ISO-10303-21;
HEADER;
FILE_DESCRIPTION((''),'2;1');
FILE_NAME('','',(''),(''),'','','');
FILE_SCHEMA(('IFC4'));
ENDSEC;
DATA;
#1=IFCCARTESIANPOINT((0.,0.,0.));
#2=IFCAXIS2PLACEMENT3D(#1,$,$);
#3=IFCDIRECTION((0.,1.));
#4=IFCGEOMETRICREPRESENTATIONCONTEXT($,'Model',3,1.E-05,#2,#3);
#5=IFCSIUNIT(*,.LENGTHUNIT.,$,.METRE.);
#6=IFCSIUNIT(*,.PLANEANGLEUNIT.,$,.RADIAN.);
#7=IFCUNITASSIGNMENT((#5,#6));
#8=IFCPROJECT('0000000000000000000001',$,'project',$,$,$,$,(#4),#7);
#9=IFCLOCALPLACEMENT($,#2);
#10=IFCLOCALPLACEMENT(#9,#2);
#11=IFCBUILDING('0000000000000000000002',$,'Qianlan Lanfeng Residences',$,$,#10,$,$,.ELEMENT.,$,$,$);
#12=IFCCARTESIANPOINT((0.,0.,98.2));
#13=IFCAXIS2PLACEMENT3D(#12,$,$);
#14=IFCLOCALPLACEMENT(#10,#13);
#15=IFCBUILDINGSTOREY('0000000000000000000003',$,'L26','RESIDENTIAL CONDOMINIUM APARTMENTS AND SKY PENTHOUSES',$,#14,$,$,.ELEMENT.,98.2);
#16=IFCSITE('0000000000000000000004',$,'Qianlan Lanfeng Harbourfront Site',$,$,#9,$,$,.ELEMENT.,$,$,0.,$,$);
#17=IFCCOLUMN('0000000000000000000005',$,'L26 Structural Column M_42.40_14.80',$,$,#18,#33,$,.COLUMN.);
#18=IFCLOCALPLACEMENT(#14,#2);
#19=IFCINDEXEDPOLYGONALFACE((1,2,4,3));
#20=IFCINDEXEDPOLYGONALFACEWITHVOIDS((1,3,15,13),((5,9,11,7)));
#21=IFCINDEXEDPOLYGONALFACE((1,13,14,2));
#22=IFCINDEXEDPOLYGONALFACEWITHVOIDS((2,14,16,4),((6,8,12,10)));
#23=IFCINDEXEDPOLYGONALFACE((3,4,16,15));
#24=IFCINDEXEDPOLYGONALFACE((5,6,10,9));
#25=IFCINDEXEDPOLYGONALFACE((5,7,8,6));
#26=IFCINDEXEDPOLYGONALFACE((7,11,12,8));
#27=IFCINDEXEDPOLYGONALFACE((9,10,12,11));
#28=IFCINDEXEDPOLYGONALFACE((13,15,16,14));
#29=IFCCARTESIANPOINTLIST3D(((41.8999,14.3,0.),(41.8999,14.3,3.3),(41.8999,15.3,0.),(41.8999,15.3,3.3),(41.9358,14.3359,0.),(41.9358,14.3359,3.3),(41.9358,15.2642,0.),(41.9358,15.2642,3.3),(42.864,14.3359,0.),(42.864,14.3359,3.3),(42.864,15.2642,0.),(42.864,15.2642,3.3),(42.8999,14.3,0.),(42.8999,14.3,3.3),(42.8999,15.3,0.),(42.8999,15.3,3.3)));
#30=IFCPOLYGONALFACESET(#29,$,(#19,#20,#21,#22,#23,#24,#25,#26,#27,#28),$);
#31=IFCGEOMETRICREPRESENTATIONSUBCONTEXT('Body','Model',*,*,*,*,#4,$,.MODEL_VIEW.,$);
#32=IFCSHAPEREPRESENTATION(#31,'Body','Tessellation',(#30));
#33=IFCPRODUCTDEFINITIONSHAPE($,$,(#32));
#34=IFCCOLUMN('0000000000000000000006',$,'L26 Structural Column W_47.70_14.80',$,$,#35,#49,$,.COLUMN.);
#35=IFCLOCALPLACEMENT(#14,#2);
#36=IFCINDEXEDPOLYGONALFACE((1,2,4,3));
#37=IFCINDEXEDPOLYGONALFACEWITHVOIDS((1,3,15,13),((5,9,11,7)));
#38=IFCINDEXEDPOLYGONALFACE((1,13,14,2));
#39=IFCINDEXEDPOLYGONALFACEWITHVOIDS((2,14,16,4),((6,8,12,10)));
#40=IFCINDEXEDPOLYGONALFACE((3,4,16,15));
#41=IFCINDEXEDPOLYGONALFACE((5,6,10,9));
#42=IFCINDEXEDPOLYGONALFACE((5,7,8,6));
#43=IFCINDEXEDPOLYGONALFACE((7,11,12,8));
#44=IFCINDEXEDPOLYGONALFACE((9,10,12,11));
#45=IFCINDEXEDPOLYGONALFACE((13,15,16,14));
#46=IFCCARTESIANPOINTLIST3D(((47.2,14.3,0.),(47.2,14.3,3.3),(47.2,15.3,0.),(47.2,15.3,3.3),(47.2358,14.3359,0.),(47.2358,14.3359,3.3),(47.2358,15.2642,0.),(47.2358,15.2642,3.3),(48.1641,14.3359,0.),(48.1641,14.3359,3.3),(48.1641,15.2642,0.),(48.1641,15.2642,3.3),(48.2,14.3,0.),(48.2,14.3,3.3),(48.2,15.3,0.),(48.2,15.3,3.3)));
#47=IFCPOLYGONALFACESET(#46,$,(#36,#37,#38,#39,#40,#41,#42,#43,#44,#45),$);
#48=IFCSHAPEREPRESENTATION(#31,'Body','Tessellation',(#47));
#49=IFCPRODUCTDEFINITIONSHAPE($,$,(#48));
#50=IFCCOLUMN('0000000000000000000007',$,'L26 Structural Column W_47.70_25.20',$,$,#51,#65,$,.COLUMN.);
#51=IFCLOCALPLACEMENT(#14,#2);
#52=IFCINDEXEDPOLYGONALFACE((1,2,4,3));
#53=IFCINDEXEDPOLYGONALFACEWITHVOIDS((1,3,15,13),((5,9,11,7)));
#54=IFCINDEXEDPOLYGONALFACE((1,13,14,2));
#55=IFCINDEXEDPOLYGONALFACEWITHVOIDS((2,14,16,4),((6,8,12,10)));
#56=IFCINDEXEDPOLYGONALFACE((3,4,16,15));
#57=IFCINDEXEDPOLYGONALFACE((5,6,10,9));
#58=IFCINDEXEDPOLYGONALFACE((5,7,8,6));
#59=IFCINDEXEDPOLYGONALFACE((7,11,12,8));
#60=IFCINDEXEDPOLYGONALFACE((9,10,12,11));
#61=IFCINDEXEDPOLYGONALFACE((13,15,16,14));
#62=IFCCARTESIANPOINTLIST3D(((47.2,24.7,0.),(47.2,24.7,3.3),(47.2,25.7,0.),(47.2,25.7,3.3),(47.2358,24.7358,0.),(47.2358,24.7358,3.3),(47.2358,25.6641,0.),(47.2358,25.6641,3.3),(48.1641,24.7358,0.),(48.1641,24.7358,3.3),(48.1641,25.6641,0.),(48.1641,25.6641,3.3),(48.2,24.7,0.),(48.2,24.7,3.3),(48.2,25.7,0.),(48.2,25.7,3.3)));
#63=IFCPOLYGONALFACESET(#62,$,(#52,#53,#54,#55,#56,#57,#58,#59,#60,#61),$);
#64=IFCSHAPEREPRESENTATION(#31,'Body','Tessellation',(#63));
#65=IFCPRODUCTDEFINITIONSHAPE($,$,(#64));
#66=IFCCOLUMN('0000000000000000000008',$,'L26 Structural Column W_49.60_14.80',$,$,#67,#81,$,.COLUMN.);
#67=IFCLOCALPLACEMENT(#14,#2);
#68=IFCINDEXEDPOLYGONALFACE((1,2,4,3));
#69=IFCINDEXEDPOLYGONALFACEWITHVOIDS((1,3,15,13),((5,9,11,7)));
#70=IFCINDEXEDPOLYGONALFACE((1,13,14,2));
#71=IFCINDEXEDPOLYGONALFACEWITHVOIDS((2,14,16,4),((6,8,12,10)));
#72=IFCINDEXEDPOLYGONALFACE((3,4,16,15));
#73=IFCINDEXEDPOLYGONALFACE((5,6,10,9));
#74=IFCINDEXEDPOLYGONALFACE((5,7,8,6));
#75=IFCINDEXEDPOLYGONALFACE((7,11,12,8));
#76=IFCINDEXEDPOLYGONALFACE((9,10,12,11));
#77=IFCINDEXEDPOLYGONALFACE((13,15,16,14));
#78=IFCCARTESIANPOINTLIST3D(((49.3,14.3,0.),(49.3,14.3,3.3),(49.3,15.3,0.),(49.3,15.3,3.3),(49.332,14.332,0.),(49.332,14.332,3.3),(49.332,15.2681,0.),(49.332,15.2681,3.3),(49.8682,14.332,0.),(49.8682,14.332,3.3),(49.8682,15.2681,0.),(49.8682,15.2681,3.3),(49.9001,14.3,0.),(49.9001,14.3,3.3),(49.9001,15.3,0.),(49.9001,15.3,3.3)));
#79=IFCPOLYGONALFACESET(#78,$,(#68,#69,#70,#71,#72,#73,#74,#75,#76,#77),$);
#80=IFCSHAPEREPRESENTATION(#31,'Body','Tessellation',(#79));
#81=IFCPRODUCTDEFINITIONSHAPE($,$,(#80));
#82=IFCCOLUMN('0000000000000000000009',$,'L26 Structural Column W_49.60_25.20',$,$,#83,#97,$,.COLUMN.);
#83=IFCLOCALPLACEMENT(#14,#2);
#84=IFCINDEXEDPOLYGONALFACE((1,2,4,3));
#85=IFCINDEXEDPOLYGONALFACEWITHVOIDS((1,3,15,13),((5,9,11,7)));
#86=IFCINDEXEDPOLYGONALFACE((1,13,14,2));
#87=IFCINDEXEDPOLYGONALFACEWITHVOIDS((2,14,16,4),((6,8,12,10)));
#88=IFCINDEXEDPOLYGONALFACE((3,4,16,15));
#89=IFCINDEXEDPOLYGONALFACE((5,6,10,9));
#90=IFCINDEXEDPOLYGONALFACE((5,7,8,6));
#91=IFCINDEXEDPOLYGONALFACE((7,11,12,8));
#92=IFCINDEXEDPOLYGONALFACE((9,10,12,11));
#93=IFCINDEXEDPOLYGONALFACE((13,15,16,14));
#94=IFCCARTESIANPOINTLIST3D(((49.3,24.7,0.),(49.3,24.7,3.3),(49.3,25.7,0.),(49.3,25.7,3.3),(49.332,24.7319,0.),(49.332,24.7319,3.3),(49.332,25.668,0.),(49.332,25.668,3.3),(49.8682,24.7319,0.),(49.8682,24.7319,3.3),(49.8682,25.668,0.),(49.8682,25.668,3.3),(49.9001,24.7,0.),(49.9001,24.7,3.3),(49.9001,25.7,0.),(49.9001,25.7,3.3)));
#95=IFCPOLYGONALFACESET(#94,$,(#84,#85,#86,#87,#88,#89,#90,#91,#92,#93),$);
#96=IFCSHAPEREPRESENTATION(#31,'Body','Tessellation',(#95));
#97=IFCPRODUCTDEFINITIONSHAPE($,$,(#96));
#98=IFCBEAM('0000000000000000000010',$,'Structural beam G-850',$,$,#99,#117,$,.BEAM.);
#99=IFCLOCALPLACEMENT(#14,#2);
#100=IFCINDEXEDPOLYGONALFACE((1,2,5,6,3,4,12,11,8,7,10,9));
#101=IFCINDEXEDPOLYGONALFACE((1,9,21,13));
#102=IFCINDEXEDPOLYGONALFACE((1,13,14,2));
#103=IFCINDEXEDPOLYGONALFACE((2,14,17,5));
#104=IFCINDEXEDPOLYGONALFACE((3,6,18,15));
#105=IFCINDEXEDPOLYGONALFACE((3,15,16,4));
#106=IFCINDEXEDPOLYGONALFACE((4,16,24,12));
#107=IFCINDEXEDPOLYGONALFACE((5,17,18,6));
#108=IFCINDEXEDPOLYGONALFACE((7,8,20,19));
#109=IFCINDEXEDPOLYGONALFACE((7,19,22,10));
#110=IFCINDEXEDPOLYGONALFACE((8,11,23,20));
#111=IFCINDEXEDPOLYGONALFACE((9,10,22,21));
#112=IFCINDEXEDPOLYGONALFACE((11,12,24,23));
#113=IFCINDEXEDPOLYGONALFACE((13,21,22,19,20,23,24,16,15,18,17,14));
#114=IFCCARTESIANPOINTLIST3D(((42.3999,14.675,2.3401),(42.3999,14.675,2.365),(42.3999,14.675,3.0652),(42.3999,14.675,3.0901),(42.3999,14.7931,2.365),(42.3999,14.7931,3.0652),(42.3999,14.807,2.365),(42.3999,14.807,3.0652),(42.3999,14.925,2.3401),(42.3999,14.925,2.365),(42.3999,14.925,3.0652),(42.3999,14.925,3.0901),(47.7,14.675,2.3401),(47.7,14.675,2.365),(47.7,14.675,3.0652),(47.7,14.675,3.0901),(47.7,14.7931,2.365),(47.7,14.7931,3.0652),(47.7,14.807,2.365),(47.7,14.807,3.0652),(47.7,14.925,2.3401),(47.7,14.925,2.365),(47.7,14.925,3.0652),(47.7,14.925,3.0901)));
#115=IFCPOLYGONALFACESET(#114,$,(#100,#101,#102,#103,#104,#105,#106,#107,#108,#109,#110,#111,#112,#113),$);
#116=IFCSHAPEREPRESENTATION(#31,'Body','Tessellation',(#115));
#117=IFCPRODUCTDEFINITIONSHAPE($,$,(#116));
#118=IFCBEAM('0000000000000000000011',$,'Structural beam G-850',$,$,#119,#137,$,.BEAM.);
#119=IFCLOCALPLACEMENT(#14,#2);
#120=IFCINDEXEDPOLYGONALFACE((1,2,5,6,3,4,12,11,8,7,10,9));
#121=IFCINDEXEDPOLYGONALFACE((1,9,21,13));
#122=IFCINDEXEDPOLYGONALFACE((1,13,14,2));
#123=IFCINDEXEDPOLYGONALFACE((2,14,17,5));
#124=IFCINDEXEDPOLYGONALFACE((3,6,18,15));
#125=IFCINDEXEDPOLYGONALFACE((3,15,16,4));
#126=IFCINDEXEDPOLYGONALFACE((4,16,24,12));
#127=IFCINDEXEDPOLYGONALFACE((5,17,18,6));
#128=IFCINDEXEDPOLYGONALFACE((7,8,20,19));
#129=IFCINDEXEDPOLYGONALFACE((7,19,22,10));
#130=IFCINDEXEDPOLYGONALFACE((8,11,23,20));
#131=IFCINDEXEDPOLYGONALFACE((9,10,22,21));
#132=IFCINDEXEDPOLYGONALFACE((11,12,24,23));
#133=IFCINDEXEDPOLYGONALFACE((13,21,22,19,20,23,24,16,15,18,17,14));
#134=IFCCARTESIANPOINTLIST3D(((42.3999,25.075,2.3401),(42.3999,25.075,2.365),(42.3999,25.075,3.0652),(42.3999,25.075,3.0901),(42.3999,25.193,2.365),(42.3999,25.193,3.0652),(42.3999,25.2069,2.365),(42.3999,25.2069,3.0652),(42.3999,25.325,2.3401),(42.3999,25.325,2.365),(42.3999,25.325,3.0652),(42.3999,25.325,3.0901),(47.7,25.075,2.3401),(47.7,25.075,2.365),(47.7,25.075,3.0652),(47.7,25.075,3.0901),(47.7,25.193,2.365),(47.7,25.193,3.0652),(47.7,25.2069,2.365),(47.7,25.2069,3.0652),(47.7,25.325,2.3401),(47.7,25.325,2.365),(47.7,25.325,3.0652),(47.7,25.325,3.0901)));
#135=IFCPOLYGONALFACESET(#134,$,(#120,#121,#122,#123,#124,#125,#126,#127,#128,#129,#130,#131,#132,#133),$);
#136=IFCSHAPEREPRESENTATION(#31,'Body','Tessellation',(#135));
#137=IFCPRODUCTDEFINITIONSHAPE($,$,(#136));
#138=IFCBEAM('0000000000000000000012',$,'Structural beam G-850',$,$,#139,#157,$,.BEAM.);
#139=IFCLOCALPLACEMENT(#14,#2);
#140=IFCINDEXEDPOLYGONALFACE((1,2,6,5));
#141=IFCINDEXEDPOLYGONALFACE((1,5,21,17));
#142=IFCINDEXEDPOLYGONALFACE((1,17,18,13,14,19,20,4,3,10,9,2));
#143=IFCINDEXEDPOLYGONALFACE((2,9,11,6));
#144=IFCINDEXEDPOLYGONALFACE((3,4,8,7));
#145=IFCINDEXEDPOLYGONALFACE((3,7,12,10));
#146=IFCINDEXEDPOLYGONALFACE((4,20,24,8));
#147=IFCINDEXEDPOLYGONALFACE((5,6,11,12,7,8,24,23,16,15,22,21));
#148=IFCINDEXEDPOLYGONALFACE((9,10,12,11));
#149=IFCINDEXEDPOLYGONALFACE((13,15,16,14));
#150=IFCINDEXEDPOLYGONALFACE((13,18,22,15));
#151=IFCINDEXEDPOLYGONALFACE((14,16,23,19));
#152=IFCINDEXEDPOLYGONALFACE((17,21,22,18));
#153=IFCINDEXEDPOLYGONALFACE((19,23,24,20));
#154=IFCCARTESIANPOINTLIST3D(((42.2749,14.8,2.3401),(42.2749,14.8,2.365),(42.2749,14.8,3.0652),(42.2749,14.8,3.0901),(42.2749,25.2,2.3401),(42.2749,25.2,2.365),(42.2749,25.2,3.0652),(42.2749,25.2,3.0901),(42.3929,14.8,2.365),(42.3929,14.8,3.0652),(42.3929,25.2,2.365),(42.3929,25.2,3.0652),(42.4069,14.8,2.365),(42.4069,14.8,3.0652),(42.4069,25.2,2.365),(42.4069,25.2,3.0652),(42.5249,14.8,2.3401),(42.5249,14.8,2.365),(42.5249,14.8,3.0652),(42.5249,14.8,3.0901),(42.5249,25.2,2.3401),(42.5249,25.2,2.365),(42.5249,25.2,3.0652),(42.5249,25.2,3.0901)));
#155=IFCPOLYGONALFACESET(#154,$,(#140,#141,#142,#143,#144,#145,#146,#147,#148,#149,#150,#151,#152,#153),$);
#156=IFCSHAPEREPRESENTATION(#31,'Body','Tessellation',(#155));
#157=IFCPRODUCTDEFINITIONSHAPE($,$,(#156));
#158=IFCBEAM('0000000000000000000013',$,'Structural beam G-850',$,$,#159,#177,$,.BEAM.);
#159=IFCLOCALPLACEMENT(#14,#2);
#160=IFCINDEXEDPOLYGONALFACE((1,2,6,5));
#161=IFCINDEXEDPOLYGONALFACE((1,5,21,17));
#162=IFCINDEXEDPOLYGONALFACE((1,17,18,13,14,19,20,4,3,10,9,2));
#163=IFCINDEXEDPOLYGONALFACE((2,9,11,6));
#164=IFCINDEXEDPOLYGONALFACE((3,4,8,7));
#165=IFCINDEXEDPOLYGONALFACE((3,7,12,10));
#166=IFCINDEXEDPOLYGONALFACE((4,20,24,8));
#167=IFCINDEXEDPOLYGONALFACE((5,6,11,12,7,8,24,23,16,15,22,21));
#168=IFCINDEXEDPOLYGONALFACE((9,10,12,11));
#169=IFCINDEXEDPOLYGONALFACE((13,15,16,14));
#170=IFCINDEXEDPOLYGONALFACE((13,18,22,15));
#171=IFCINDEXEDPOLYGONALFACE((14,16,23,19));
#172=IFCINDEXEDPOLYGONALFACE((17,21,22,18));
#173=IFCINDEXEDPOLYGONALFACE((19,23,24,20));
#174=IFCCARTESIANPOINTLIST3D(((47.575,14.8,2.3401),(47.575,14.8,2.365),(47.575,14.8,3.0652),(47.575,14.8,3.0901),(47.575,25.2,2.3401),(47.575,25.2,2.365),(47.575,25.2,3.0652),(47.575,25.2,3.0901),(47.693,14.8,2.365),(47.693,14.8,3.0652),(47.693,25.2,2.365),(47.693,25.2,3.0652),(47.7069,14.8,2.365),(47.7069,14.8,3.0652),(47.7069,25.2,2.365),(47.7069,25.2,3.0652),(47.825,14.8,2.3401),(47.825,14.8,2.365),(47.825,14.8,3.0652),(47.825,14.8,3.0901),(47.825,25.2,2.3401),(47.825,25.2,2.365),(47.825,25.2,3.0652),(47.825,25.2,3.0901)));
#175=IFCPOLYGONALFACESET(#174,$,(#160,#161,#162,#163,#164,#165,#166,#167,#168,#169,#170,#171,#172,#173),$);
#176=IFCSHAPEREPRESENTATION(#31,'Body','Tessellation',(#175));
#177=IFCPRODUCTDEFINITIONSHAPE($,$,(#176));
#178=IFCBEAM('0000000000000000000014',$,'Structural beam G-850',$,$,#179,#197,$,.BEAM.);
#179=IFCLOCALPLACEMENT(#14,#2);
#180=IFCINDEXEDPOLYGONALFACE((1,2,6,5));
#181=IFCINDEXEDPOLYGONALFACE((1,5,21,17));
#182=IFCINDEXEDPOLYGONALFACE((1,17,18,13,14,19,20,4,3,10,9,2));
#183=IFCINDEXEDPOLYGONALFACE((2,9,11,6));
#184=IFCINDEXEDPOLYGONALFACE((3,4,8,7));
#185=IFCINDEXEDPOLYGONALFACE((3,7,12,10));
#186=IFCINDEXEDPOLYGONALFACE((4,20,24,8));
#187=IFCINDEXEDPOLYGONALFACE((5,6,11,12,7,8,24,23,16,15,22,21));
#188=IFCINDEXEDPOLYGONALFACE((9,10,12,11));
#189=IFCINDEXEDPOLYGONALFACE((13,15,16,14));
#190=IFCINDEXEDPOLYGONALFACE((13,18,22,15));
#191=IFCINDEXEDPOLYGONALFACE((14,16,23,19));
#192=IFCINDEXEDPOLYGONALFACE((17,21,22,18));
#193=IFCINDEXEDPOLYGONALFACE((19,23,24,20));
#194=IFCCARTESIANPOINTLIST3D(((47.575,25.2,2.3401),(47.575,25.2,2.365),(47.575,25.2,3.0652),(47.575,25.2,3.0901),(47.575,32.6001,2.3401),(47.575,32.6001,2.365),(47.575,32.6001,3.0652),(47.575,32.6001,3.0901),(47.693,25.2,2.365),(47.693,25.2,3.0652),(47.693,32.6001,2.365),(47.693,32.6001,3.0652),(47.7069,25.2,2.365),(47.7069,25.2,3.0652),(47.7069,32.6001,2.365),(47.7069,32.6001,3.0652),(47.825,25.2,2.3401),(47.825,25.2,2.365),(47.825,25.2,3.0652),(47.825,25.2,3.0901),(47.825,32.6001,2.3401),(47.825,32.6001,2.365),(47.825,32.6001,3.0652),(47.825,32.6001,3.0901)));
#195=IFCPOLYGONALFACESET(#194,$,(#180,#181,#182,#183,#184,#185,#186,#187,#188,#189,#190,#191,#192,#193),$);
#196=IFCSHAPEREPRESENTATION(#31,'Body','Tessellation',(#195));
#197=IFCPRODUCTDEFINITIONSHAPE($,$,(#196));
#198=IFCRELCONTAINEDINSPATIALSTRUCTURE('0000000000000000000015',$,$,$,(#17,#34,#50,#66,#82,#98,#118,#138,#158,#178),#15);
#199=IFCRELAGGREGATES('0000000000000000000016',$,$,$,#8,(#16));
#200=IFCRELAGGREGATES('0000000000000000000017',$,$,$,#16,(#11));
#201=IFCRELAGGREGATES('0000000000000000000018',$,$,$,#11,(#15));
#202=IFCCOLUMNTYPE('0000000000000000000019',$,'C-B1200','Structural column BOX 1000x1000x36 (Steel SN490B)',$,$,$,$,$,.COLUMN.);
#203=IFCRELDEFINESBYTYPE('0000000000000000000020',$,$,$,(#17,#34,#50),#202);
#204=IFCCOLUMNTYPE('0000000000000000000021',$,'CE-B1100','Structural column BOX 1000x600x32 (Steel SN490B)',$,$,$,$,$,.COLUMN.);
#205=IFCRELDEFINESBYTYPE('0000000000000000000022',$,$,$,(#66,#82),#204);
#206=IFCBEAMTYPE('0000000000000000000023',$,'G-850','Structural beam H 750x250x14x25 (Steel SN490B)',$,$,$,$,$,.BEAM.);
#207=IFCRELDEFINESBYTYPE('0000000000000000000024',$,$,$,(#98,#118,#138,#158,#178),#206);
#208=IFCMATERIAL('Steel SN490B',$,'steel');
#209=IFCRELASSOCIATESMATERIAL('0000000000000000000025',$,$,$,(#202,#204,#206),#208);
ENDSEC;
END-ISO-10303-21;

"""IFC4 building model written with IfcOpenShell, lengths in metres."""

from ifc_helpers import new_model, si_unit, direction, frame, origin, origin_2d, place, context, subcontext, project, spatial, hollow_rectangle, i_section, extrude, material, material_profile, profile_set, type_object, element, save


model = new_model("IFC4")

# Units and contexts
model_context = context("Model", 3, precision=1e-05, world=origin(), true_north=direction((0.0, 1.0)))
body_context = subcontext(model_context, "Body", "Model", "MODEL_VIEW")
ifc_project = project(units=[si_unit("LENGTHUNIT", "METRE"), si_unit("PLANEANGLEUNIT", "RADIAN")], contexts=[model_context])

# Site, building, storey
site_placement = place(None, origin())
site = spatial("IfcSite", under=ifc_project, at=site_placement, Name="Qianlan Lanfeng Harbourfront Site", CompositionType="ELEMENT", RefElevation=0.0)
building_placement = place(site_placement, origin())
building = spatial("IfcBuilding", under=site, at=building_placement, Name="Qianlan Lanfeng Residences", CompositionType="ELEMENT")
storey_placement = place(building_placement, frame((0.0, 0.0, 98.2)))
storey = spatial("IfcBuildingStorey", under=building, at=storey_placement, Name="L26", Description="RESIDENTIAL CONDOMINIUM APARTMENTS AND SKY PENTHOUSES", CompositionType="ELEMENT", Elevation=98.2)

# Columns
ifc_material_1 = material(Name="Steel SN490B", Category="steel")
ifc_material_profile_1 = material_profile(ifc_material_1, hollow_rectangle(XDim=1.0, YDim=1.0, WallThickness=0.0359, at=origin_2d()), Name="BOX 1000x1000x36")
ifc_profile_set_1 = profile_set([ifc_material_profile_1], Name="Steel SN490B")
column_type_1 = type_object("IfcColumnType", Name="C-B1200", Description="Structural column BOX 1000x1000x36 (Steel SN490B)", PredefinedType="COLUMN", material=ifc_profile_set_1)
for number, where, z_axis, x_axis, name in (
    (1, (42.3999, 14.8, 0.0), (0.0, 0.0, 1.0), (1.0, 0.0, 0.0), "L26 Structural Column M_42.40_14.80"),
    (2, (47.7, 14.8, 0.0), (0.0, 0.0, 1.0), (1.0, 0.0, 0.0), "L26 Structural Column W_47.70_14.80"),
    (3, (47.7, 25.2, 0.0), (0.0, 0.0, 1.0), (1.0, 0.0, 0.0), "L26 Structural Column W_47.70_25.20"),
):
    element("IfcColumn", number, at=place(storey_placement, frame(where, z_axis=z_axis, x_axis=x_axis)), inside=storey, type_object=column_type_1, Name=name, PredefinedType="COLUMN", context=body_context, shape_type="SweptSolid", body=[
        extrude(hollow_rectangle(XDim=1.0, YDim=1.0, WallThickness=0.0359, at=origin_2d()), origin(), (0.0, 0.0, 1.0), 3.3),
    ])
ifc_material_profile_2 = material_profile(ifc_material_1, hollow_rectangle(XDim=0.6001, YDim=1.0, WallThickness=0.032, at=origin_2d()), Name="BOX 1000x600x32")
ifc_profile_set_2 = profile_set([ifc_material_profile_2], Name="Steel SN490B")
column_type_2 = type_object("IfcColumnType", Name="CE-B1100", Description="Structural column BOX 1000x600x32 (Steel SN490B)", PredefinedType="COLUMN", material=ifc_profile_set_2)
for number, where, z_axis, x_axis, name in (
    (4, (49.6001, 14.8, 0.0), (0.0, 0.0, 1.0), (1.0, 0.0, 0.0), "L26 Structural Column W_49.60_14.80"),
    (5, (49.6001, 25.2, 0.0), (0.0, 0.0, 1.0), (1.0, 0.0, 0.0), "L26 Structural Column W_49.60_25.20"),
):
    element("IfcColumn", number, at=place(storey_placement, frame(where, z_axis=z_axis, x_axis=x_axis)), inside=storey, type_object=column_type_2, Name=name, PredefinedType="COLUMN", context=body_context, shape_type="SweptSolid", body=[
        extrude(hollow_rectangle(XDim=0.6001, YDim=1.0, WallThickness=0.032, at=origin_2d()), origin(), (0.0, 0.0, 1.0), 3.3),
    ])

# Beams
ifc_material_profile_3 = material_profile(ifc_material_1, i_section(OverallWidth=0.25, OverallDepth=0.75, WebThickness=0.0139, FlangeThickness=0.0249, at=origin_2d()), Name="H 750x250x14x25")
ifc_profile_set_3 = profile_set([ifc_material_profile_3], Name="Steel SN490B")
beam_type_1 = type_object("IfcBeamType", Name="G-850", Description="Structural beam H 750x250x14x25 (Steel SN490B)", PredefinedType="BEAM", material=ifc_profile_set_3)
for number, where, z_axis, x_axis, name in (
    (6, (42.3999, 14.8, 2.7151), (1.0, 0.0, 0.0), (0.0, 1.0, 0.0), "Structural beam G-850"),
    (7, (42.3999, 25.2, 2.7151), (1.0, 0.0, 0.0), (0.0, 1.0, 0.0), "Structural beam G-850"),
):
    element("IfcBeam", number, at=place(storey_placement, frame(where, z_axis=z_axis, x_axis=x_axis)), inside=storey, type_object=beam_type_1, Name=name, PredefinedType="BEAM", context=body_context, shape_type="SweptSolid", body=[
        extrude(i_section(OverallWidth=0.25, OverallDepth=0.75, WebThickness=0.0139, FlangeThickness=0.0249, at=origin_2d()), origin(), (0.0, 0.0, 1.0), 5.3),
    ])
for number, where, z_axis, x_axis, name in (
    (8, (42.3999, 14.8, 2.7151), (0.0, 1.0, 0.0), (-1.0, 0.0, 0.0), "Structural beam G-850"),
    (9, (47.7, 14.8, 2.7151), (0.0, 1.0, 0.0), (-1.0, 0.0, 0.0), "Structural beam G-850"),
):
    element("IfcBeam", number, at=place(storey_placement, frame(where, z_axis=z_axis, x_axis=x_axis)), inside=storey, type_object=beam_type_1, Name=name, PredefinedType="BEAM", context=body_context, shape_type="SweptSolid", body=[
        extrude(i_section(OverallWidth=0.25, OverallDepth=0.75, WebThickness=0.0139, FlangeThickness=0.0249, at=origin_2d()), origin(), (0.0, 0.0, 1.0), 10.3999),
    ])
beam_1_placement = place(storey_placement, frame((47.7, 25.2, 2.7151), z_axis=(0.0, 1.0, 0.0), x_axis=(-1.0, 0.0, 0.0)))
element("IfcBeam", 10, at=beam_1_placement, inside=storey, type_object=beam_type_1, Name="Structural beam G-850", PredefinedType="BEAM", context=body_context, shape_type="SweptSolid", body=[
    extrude(i_section(OverallWidth=0.25, OverallDepth=0.75, WebThickness=0.0139, FlangeThickness=0.0249, at=origin_2d()), origin(), (0.0, 0.0, 1.0), 7.4001),
])

save(model, "model.ifc")
